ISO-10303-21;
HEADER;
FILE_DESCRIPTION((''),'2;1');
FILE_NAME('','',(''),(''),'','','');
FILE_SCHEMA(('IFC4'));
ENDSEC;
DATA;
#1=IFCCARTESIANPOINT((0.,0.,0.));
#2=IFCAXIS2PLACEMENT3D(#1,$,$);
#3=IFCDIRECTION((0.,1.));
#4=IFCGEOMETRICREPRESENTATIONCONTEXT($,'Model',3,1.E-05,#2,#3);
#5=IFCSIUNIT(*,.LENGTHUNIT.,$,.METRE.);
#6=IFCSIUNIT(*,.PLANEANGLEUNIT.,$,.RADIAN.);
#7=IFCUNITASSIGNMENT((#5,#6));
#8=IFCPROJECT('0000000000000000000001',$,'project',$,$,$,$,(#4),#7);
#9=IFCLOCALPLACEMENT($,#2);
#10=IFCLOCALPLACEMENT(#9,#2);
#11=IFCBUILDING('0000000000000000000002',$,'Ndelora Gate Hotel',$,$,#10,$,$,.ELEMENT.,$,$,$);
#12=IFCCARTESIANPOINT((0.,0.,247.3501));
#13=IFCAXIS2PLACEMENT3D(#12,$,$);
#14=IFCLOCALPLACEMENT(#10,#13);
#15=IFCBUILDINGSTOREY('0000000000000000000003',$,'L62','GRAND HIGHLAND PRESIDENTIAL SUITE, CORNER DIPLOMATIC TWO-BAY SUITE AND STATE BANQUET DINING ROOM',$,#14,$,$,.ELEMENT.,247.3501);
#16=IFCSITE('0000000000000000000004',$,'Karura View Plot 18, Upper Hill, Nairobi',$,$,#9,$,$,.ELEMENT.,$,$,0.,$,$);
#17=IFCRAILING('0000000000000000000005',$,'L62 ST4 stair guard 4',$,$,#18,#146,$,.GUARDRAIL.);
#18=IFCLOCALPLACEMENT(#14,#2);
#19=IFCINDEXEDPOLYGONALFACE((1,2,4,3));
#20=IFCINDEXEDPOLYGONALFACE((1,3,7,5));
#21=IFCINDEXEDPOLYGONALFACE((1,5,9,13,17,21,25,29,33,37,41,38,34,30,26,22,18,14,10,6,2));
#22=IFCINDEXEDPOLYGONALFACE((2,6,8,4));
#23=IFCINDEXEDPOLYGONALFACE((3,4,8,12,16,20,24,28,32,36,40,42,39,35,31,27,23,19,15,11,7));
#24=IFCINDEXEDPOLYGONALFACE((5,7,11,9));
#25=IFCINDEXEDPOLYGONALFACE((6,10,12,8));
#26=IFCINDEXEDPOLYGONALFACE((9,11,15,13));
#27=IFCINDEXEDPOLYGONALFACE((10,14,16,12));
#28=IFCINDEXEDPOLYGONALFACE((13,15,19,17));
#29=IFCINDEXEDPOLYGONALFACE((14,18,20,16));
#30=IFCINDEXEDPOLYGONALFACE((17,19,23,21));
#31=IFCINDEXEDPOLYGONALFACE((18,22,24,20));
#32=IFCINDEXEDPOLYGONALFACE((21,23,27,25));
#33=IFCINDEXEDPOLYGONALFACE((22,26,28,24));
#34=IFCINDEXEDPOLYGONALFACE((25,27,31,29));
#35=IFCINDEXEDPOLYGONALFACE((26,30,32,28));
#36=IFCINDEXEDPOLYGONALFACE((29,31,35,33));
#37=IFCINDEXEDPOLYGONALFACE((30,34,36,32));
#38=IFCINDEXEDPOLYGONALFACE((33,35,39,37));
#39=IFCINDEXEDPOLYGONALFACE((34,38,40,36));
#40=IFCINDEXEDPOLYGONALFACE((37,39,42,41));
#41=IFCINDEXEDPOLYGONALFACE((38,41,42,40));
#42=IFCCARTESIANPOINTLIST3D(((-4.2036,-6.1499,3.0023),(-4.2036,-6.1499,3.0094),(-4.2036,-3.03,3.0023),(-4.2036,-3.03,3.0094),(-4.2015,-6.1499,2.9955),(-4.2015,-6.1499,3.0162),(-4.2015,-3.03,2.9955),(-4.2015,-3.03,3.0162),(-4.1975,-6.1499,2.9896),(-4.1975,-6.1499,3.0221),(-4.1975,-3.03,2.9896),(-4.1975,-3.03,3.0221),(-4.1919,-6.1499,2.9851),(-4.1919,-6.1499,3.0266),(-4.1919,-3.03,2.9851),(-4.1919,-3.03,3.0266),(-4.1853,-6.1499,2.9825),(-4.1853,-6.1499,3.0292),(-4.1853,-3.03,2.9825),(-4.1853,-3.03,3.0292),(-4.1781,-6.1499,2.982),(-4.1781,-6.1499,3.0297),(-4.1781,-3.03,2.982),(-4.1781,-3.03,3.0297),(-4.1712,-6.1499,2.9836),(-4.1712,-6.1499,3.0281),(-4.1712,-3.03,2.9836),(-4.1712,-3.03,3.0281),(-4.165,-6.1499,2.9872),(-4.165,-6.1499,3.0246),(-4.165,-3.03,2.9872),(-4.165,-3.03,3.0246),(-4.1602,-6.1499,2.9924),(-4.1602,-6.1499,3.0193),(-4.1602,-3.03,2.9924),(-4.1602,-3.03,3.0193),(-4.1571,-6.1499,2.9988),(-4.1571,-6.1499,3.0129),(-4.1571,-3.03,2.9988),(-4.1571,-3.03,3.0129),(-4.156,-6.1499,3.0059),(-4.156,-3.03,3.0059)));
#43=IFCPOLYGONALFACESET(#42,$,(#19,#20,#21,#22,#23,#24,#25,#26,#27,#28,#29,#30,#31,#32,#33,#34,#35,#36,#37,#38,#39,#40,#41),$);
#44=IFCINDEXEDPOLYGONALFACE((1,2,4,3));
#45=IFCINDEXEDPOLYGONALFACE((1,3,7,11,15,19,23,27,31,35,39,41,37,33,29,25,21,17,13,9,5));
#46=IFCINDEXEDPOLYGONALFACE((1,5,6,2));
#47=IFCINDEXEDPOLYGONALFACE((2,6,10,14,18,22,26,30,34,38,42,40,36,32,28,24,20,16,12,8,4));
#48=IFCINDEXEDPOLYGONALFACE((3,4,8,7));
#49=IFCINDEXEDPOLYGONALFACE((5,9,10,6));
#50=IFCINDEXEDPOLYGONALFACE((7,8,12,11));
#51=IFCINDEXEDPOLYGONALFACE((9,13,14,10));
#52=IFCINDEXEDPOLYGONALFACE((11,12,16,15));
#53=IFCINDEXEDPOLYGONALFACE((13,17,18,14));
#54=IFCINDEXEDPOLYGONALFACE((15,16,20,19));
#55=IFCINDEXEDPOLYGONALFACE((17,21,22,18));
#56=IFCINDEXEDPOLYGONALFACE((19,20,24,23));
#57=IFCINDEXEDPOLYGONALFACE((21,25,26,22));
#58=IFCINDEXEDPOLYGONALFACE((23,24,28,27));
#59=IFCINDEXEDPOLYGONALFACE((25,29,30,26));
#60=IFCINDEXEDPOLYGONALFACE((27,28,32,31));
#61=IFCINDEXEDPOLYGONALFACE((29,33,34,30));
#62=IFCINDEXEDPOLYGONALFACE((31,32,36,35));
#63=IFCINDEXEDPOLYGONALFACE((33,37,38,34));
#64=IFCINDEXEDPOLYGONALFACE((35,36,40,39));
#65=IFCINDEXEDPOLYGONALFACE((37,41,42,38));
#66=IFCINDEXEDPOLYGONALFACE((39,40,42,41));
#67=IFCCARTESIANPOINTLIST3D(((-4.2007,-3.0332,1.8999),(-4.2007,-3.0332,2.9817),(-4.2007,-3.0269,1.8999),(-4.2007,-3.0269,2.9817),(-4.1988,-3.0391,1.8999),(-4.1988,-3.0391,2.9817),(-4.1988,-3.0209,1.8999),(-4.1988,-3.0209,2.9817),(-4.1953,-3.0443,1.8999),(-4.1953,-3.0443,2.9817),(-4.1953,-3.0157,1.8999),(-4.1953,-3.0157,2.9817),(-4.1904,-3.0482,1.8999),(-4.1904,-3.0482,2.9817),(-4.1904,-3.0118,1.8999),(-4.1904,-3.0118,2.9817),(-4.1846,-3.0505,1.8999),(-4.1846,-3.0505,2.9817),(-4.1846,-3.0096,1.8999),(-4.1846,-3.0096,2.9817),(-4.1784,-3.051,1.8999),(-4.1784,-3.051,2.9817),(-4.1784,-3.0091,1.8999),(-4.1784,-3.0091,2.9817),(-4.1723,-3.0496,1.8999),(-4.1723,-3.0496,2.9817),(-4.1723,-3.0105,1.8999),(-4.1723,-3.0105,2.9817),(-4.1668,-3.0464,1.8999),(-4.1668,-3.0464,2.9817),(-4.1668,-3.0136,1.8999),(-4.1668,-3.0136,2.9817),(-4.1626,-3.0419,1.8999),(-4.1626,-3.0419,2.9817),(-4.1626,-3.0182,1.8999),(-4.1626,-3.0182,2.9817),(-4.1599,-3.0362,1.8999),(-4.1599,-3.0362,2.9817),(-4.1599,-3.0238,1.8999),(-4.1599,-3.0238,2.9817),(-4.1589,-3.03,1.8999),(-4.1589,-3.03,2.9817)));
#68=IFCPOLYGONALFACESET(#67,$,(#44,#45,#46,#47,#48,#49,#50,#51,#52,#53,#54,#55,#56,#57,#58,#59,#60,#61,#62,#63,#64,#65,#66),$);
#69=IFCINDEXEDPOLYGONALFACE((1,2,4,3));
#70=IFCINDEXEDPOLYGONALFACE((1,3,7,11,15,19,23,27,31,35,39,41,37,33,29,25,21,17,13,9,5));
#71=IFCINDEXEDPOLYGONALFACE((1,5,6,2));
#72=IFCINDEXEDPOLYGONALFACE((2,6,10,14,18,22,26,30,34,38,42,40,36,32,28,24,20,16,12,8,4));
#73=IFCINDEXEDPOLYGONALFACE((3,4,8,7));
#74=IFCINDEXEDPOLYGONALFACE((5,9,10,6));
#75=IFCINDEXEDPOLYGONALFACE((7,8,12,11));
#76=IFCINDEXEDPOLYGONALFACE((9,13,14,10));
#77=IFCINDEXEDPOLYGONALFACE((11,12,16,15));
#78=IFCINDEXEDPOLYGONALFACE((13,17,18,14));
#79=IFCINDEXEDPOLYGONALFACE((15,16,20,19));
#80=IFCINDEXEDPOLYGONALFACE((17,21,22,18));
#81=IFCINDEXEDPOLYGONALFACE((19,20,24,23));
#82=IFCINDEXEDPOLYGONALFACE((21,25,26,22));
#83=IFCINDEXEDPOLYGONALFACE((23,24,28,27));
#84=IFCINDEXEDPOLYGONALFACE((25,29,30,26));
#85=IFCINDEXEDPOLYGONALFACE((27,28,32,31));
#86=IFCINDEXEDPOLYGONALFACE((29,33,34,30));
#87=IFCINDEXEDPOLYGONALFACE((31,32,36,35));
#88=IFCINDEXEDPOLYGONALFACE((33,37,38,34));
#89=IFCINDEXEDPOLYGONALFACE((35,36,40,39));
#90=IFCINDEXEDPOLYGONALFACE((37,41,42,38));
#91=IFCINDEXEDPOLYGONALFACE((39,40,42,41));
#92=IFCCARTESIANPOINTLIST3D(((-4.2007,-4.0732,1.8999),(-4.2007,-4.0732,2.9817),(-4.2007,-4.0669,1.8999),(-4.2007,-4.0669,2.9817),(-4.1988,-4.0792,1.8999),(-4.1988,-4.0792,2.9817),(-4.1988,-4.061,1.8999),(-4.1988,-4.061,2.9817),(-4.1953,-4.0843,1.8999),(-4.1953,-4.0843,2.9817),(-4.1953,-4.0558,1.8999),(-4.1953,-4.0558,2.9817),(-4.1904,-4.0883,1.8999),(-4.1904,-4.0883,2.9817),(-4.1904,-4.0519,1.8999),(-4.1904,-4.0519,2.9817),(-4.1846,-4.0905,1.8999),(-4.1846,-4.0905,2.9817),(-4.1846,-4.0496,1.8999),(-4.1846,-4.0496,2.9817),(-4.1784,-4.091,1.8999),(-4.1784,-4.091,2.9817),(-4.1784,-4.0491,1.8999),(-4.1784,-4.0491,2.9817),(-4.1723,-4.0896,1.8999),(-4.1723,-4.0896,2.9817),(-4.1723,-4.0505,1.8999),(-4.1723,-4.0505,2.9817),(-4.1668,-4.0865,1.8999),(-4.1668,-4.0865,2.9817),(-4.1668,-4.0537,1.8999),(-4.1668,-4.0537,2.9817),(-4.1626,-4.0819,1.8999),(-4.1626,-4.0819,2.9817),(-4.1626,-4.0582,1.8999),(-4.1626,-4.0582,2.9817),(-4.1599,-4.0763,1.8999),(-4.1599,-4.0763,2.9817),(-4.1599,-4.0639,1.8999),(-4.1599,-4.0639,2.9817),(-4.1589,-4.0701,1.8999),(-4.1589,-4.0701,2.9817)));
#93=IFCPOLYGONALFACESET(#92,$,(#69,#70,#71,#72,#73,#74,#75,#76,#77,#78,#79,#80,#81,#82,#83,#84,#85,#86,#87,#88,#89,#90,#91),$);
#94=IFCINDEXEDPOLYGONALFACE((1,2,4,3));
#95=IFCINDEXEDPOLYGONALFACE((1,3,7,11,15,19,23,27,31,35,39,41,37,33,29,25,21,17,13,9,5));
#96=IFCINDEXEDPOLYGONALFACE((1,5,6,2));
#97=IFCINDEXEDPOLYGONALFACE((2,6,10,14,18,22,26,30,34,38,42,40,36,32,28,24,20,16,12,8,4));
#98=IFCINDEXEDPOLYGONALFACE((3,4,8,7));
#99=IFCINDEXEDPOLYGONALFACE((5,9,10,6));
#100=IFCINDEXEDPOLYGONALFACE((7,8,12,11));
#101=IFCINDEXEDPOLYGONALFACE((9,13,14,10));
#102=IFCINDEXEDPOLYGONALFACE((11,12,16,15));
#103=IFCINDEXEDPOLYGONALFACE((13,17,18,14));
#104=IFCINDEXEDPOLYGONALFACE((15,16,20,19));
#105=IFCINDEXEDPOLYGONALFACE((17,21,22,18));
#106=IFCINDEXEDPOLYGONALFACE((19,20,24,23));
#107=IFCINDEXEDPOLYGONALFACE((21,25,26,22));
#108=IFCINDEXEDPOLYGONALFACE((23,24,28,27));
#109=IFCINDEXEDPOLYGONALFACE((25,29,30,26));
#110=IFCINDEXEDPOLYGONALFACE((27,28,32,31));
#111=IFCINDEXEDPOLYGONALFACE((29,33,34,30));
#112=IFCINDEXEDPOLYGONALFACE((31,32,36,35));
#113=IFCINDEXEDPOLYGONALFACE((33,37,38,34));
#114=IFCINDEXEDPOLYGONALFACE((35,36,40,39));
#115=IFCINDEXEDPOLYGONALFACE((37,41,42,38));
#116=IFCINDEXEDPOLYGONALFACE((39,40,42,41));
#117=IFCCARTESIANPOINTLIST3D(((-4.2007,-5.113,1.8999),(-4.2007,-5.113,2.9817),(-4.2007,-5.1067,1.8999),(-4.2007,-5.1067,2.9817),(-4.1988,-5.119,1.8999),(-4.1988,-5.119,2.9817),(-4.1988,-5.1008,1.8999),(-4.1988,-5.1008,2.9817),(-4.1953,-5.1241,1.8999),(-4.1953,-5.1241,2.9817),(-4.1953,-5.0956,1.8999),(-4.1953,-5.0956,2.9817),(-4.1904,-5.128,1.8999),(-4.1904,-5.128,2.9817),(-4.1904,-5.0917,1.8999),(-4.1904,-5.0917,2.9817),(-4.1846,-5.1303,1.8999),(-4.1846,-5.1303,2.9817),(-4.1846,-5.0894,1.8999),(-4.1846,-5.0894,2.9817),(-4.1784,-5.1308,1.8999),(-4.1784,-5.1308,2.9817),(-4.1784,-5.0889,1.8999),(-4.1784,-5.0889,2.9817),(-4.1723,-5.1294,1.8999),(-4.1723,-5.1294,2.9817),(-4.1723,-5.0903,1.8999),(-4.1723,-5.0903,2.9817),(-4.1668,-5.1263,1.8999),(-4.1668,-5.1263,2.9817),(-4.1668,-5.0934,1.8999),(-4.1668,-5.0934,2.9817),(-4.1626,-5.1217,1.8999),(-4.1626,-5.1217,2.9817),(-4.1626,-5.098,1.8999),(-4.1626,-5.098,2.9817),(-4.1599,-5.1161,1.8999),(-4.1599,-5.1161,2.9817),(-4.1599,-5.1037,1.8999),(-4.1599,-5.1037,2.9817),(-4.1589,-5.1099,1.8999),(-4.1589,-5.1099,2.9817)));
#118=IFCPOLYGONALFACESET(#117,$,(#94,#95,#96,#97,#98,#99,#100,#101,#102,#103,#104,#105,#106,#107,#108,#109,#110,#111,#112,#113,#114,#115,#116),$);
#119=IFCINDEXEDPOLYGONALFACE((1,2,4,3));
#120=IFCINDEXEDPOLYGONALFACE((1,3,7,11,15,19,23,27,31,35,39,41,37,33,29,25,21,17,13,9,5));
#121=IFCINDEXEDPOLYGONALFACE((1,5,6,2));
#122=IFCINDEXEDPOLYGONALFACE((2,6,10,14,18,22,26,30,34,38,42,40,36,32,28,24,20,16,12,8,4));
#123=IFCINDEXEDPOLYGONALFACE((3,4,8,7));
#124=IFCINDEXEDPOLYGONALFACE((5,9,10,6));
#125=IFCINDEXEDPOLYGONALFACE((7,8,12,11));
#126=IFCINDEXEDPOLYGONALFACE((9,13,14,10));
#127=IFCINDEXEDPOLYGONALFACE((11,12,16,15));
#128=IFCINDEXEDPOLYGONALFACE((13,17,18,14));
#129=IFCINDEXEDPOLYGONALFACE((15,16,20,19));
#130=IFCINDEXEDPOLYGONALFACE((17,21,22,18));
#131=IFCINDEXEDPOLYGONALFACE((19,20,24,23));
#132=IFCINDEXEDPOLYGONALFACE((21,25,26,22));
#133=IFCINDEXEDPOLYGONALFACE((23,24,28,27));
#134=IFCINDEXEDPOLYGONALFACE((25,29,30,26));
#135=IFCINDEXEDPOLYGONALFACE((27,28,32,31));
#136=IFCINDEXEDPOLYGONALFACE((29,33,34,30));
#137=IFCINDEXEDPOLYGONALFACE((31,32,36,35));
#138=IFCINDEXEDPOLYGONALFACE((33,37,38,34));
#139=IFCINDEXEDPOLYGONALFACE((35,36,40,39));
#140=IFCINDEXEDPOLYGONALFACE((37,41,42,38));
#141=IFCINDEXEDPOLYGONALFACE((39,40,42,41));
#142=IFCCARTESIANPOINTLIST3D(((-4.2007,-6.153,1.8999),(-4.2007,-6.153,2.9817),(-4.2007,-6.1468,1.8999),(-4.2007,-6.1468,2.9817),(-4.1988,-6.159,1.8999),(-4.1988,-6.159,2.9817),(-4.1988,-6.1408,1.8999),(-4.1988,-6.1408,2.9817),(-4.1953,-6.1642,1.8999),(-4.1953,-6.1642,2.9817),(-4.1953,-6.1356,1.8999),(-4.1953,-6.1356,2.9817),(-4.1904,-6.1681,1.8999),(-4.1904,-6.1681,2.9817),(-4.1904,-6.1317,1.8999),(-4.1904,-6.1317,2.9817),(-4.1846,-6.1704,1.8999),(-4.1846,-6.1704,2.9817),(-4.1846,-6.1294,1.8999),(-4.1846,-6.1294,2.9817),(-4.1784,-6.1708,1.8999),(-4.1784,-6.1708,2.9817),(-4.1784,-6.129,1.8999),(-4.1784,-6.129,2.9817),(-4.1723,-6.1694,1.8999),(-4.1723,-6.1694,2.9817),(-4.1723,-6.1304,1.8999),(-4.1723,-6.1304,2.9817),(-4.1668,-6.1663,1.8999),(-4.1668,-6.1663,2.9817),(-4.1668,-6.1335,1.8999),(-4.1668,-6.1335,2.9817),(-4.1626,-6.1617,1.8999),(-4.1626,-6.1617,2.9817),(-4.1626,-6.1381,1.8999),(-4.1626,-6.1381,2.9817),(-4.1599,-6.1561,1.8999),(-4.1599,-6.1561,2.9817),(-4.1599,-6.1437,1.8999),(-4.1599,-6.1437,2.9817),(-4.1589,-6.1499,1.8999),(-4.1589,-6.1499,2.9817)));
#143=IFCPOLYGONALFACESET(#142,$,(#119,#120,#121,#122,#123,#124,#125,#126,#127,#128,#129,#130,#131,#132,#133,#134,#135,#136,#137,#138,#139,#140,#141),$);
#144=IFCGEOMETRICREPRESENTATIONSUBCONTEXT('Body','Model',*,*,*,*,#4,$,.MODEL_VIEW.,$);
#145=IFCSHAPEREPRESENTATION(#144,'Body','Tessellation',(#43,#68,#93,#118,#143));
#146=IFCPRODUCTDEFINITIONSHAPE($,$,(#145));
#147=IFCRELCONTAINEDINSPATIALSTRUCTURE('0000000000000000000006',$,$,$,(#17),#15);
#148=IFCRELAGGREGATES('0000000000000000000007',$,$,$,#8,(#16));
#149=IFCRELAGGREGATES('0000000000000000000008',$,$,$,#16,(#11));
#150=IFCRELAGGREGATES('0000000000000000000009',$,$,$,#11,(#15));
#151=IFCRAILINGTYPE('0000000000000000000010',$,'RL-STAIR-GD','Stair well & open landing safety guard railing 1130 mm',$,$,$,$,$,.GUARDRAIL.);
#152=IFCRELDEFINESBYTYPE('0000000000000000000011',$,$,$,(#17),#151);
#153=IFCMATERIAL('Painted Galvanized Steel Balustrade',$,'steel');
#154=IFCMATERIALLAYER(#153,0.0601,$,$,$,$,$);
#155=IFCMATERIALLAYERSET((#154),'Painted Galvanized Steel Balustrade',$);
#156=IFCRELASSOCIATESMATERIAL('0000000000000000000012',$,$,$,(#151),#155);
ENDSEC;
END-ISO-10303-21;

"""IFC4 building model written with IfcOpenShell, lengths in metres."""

from ifc_helpers import new_model, si_unit, direction, frame, origin, origin_2d, place, context, subcontext, project, spatial, circle, extrude, material, layer, layer_set, type_object, element, save


model = new_model("IFC4")

# Units and contexts
model_context = context("Model", 3, precision=1e-05, world=origin(), true_north=direction((0.0, 1.0)))
body_context = subcontext(model_context, "Body", "Model", "MODEL_VIEW")
ifc_project = project(units=[si_unit("LENGTHUNIT", "METRE"), si_unit("PLANEANGLEUNIT", "RADIAN")], contexts=[model_context])

# Site, building, storey
site_placement = place(None, origin())
site = spatial("IfcSite", under=ifc_project, at=site_placement, Name="Karura View Plot 18, Upper Hill, Nairobi", CompositionType="ELEMENT", RefElevation=0.0)
building_placement = place(site_placement, origin())
building = spatial("IfcBuilding", under=site, at=building_placement, Name="Ndelora Gate Hotel", CompositionType="ELEMENT")
storey_placement = place(building_placement, frame((0.0, 0.0, 247.3501)))
storey = spatial("IfcBuildingStorey", under=building, at=storey_placement, Name="L62", Description="GRAND HIGHLAND PRESIDENTIAL SUITE, CORNER DIPLOMATIC TWO-BAY SUITE AND STATE BANQUET DINING ROOM", CompositionType="ELEMENT", Elevation=247.3501)

# Railing
ifc_material_1 = material(Name="Painted Galvanized Steel Balustrade", Category="steel")
ifc_layer_1 = layer(ifc_material_1, 0.0601)
ifc_layer_set_1 = layer_set([ifc_layer_1], Name="Painted Galvanized Steel Balustrade")
railing_type_1 = type_object("IfcRailingType", Name="RL-STAIR-GD", Description="Stair well & open landing safety guard railing 1130 mm", PredefinedType="GUARDRAIL", material=ifc_layer_set_1)
for number, where, name in (
    (1, (-4.1799, -3.03, 1.8999), "L62 ST4 stair guard 4"),
):
    element("IfcRailing", number, at=place(storey_placement, frame(where)), inside=storey, type_object=railing_type_1, Name=name, PredefinedType="GUARDRAIL", context=body_context, shape_type="SweptSolid", body=[
        extrude(circle(Radius=0.0239, at=origin_2d()), frame((0.0, 0.0, 1.106), z_axis=(0.0, -1.0, 0.0), x_axis=(1.0, 0.0, 0.0)), (0.0, 0.0, 1.0), 3.1199),
        extrude(circle(Radius=0.021, at=origin_2d()), origin(), (0.0, 0.0, 1.0), 1.0818),
        extrude(circle(Radius=0.021, at=origin_2d()), frame((0.0, -1.04, 0.0)), (0.0, 0.0, 1.0), 1.0818),
        extrude(circle(Radius=0.021, at=origin_2d()), frame((0.0, -2.0798, 0.0)), (0.0, 0.0, 1.0), 1.0818),
        extrude(circle(Radius=0.021, at=origin_2d()), frame((0.0, -3.1199, 0.0)), (0.0, 0.0, 1.0), 1.0818),
    ])

save(model, "model.ifc")
